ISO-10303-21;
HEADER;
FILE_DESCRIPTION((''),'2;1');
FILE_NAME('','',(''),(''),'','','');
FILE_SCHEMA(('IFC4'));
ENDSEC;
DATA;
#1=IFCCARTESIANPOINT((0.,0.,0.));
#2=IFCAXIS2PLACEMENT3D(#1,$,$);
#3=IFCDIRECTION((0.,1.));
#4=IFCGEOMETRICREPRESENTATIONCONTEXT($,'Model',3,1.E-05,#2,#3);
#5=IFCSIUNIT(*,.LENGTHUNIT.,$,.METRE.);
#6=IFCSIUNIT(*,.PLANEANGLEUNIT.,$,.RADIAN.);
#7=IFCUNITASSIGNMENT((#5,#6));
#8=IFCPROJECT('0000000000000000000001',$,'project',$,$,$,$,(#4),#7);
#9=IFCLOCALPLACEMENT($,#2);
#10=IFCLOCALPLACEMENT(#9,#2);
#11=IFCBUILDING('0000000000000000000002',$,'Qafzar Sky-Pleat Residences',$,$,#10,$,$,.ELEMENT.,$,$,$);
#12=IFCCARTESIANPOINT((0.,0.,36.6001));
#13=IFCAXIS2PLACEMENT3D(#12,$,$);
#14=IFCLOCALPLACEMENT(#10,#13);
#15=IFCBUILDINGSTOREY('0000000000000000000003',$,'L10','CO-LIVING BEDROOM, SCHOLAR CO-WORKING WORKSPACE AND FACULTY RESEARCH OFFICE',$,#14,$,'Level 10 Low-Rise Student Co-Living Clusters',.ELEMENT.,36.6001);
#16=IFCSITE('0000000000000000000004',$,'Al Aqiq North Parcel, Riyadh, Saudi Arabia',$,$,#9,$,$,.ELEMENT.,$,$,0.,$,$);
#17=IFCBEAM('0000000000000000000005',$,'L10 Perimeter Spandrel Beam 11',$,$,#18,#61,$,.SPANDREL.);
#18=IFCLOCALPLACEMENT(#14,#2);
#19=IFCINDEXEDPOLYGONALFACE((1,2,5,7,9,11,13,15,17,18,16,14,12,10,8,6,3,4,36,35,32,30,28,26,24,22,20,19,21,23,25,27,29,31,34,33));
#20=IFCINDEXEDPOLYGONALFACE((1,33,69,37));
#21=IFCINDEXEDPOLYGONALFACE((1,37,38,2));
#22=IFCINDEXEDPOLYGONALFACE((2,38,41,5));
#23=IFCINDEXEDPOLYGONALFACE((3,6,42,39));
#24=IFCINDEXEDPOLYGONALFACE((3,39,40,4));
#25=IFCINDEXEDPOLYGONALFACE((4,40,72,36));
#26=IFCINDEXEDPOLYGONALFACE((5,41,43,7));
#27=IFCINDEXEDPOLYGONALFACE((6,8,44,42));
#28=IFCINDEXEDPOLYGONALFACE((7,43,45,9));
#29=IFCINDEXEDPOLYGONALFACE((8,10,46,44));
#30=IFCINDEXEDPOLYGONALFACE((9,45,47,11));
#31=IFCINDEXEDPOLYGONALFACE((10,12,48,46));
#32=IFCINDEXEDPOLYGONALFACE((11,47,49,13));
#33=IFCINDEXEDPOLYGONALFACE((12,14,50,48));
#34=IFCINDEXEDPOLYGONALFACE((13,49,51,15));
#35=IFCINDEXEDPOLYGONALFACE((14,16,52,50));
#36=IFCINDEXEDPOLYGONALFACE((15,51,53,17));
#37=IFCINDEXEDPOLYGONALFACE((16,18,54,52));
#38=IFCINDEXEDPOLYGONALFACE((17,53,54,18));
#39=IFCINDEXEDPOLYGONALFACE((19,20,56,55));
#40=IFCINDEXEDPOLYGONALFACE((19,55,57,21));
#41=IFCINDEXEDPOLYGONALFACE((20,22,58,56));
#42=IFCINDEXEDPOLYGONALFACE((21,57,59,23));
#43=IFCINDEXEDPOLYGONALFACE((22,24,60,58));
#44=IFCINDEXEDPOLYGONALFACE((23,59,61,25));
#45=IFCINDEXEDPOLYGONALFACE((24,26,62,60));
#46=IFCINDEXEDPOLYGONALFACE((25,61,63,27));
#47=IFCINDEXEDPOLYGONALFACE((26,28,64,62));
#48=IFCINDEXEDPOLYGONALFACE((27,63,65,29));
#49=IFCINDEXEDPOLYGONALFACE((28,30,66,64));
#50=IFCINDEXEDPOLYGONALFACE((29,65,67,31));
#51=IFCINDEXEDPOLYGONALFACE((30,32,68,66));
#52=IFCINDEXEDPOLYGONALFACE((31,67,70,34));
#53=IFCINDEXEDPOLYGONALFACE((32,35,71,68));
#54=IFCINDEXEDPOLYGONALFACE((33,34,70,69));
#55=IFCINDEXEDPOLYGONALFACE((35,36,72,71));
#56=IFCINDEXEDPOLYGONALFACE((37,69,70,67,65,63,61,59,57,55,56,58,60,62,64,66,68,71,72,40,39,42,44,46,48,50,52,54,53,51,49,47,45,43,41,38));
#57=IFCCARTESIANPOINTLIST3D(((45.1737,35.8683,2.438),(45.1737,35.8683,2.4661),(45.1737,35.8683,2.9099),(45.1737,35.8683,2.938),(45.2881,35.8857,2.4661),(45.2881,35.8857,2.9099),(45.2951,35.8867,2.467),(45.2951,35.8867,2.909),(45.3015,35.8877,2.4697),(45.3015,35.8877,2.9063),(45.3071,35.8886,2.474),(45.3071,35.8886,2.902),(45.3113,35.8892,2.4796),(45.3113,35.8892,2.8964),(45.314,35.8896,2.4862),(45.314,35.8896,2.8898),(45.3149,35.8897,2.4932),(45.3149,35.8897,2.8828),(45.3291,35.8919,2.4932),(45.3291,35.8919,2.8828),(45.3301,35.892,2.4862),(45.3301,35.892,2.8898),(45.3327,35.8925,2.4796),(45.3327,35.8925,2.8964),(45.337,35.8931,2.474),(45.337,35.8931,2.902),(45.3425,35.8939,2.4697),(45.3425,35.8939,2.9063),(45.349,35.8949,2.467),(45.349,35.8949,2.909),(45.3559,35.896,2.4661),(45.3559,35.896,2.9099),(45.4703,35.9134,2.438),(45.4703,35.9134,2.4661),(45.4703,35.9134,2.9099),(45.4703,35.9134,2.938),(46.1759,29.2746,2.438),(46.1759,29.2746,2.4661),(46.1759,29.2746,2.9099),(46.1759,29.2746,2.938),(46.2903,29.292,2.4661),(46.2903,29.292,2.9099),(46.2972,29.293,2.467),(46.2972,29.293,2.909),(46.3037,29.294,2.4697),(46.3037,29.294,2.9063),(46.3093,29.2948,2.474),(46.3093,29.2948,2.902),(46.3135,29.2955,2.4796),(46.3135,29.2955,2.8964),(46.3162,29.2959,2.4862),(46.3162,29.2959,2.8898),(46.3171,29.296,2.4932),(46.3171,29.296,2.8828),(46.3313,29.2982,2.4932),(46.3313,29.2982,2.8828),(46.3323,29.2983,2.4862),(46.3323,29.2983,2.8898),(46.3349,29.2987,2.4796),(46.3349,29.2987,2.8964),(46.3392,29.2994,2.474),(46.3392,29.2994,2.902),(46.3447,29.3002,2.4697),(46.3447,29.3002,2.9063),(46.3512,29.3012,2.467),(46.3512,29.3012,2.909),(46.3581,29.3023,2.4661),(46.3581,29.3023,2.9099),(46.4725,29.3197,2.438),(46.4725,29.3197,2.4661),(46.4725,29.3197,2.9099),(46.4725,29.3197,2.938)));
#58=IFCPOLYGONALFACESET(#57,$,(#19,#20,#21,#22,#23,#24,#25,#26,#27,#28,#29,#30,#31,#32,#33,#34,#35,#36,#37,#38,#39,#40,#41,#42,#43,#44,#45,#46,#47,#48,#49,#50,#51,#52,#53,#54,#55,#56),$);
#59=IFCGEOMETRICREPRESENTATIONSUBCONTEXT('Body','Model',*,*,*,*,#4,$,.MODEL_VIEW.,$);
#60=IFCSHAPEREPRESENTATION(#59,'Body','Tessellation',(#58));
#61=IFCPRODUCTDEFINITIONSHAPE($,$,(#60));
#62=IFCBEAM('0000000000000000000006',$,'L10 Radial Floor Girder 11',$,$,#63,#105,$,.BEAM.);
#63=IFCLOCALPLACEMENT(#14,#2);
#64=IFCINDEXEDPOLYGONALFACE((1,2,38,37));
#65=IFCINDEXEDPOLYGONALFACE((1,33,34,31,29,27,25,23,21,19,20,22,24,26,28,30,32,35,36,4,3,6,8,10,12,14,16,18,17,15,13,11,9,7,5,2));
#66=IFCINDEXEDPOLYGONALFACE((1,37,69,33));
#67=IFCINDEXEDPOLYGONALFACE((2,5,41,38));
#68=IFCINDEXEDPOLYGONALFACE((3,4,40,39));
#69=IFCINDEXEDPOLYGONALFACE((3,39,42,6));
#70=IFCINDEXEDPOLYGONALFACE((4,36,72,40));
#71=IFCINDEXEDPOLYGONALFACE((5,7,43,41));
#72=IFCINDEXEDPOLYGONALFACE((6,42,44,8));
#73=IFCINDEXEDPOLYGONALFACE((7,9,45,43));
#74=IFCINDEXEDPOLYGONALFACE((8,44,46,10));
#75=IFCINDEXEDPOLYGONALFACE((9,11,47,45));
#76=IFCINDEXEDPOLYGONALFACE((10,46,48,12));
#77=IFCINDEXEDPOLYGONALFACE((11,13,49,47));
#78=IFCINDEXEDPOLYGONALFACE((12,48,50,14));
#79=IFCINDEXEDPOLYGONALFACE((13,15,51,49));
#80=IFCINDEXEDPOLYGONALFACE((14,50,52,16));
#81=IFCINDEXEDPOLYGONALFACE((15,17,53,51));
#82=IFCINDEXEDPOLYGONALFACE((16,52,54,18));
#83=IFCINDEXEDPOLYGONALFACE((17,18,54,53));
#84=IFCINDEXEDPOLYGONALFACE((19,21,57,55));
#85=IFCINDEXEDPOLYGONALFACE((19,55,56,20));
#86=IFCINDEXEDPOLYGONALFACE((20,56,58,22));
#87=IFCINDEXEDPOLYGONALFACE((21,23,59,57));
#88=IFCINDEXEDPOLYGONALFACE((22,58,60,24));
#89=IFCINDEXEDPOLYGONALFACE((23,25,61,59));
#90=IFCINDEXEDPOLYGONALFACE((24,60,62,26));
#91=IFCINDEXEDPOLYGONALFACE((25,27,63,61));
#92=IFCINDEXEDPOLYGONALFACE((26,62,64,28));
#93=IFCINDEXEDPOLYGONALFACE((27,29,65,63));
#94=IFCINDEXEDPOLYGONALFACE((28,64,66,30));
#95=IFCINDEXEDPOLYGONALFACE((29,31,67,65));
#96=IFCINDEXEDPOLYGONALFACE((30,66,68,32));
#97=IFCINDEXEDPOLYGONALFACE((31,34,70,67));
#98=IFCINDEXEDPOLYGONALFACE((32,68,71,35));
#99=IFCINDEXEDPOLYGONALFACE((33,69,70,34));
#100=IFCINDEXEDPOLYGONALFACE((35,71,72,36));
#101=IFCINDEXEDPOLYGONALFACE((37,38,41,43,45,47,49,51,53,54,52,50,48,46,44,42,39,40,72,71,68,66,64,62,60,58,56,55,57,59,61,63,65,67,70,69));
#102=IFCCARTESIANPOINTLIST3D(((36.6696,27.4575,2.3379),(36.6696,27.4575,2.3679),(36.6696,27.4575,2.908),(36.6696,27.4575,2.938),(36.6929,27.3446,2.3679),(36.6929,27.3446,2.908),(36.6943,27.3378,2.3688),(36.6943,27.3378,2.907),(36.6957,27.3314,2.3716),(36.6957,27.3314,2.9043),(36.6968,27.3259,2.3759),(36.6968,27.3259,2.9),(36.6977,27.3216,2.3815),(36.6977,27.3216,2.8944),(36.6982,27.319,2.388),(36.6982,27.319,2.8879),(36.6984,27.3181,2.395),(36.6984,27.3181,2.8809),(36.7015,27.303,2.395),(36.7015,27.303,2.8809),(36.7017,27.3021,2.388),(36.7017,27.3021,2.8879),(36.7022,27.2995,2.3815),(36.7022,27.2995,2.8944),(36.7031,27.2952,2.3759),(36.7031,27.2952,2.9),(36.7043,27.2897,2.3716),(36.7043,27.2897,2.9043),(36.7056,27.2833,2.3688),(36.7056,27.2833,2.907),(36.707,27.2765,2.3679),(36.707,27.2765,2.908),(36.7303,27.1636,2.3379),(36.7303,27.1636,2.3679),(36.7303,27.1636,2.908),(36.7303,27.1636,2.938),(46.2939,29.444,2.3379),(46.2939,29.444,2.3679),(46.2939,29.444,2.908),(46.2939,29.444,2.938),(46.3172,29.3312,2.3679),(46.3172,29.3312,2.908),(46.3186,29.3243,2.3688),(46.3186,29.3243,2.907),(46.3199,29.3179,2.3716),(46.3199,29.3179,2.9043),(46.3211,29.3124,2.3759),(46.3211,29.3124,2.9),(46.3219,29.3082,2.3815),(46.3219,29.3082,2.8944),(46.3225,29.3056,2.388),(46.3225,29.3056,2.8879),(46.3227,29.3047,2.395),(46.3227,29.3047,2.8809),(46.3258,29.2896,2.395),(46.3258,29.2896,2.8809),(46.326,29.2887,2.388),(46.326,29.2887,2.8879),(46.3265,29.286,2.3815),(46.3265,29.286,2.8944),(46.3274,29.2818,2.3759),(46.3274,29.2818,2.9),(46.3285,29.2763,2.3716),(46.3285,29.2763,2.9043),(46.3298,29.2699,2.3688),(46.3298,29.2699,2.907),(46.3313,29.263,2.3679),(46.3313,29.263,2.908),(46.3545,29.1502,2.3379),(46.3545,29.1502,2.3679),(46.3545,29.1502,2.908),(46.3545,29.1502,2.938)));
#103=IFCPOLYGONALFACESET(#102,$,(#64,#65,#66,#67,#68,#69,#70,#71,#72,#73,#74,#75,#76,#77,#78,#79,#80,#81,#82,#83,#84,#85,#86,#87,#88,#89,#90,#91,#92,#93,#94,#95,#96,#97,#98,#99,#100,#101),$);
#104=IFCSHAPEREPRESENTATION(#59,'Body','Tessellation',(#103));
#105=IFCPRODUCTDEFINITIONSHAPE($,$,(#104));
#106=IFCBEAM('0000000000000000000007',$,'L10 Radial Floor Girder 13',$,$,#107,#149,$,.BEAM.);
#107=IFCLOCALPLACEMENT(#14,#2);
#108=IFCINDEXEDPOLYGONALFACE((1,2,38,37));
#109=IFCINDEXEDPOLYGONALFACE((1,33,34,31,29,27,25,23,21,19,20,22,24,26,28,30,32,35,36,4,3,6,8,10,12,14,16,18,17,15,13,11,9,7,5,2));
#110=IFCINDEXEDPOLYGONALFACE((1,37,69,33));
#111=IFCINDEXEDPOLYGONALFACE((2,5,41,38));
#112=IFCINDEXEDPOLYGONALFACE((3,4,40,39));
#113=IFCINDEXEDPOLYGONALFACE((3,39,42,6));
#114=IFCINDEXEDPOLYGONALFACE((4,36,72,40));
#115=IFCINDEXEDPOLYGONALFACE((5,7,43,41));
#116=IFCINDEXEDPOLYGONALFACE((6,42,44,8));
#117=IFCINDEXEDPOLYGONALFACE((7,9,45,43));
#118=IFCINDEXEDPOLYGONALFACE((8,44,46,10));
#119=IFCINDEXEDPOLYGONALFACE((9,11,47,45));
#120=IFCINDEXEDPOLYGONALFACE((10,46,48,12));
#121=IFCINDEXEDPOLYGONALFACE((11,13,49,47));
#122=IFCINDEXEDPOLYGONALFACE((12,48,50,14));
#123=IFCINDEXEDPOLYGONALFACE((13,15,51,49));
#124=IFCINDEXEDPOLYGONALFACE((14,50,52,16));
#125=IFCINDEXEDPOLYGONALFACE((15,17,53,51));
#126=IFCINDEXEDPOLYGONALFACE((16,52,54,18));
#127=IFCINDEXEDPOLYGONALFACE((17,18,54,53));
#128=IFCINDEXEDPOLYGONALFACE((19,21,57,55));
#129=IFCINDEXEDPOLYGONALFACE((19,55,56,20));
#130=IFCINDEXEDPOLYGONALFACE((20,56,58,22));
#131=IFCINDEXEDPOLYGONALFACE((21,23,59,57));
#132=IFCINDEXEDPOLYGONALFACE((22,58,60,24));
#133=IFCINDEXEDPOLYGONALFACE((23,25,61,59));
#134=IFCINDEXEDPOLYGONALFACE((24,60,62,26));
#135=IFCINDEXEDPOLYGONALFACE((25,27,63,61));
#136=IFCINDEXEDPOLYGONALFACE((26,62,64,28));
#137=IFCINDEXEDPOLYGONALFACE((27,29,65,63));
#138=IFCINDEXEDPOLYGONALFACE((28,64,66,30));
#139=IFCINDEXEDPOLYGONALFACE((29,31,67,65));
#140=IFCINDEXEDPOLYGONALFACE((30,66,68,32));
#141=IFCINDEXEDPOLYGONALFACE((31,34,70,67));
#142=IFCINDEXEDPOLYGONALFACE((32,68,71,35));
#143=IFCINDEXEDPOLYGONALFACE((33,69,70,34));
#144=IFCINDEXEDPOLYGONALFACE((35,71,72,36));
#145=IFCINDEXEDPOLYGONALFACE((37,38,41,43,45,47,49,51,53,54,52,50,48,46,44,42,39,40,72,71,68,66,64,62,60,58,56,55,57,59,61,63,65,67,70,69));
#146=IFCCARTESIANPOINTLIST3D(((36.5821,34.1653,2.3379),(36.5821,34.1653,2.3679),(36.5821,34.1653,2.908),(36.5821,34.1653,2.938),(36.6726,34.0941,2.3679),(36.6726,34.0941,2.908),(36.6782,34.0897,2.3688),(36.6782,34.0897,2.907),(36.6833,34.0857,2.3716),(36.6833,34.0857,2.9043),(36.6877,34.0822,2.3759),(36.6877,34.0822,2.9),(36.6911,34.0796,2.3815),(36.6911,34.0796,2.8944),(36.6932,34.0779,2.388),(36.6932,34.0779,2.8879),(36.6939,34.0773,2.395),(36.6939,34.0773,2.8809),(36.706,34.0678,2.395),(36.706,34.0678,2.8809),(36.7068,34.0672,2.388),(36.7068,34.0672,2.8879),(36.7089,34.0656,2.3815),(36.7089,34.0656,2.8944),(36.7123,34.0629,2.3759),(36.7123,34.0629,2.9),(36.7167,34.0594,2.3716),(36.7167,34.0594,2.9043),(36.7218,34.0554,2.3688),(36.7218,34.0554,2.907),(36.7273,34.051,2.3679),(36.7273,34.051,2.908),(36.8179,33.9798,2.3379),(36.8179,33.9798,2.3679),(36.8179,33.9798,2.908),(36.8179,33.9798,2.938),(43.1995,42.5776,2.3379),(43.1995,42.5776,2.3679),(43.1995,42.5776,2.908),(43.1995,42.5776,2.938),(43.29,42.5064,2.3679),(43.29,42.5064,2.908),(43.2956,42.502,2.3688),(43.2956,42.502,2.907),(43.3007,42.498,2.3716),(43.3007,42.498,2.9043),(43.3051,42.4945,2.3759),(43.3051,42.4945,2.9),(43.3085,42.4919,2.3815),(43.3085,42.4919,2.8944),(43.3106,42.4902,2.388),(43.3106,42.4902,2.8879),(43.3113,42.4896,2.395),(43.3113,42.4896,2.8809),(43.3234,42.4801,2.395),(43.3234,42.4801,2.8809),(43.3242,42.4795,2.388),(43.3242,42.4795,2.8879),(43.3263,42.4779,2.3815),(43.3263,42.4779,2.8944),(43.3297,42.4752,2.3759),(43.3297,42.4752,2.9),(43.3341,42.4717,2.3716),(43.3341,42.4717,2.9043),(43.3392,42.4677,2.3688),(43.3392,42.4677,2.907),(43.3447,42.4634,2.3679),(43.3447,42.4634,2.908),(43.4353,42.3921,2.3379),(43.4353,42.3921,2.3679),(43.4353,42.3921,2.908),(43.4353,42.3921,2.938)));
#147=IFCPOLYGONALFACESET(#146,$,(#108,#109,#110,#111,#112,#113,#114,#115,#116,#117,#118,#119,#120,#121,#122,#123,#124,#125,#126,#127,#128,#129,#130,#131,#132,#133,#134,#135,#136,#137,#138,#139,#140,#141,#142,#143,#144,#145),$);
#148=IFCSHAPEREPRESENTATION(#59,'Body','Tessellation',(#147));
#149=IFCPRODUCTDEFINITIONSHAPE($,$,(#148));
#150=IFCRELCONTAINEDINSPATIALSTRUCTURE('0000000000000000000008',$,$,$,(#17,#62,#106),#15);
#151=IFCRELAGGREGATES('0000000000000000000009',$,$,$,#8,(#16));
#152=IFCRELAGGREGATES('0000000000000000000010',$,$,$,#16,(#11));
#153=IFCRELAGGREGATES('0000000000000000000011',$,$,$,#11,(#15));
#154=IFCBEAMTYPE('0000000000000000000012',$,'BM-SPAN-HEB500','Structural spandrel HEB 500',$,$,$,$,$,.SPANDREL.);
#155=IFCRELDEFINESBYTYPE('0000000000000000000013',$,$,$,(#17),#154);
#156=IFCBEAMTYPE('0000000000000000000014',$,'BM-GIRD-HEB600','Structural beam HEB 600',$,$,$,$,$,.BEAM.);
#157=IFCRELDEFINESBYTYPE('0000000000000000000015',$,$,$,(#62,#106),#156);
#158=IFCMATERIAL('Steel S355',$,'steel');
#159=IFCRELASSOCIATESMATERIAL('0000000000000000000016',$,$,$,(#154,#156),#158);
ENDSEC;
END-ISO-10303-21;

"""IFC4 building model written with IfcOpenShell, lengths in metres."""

from ifc_helpers import new_model, si_unit, direction, frame, origin, origin_2d, place, context, subcontext, project, spatial, i_section, extrude, source, transform, mapped, material, material_profile, profile_set, type_object, element, save


model = new_model("IFC4")

# Units and contexts
model_context = context("Model", 3, precision=1e-05, world=origin(), true_north=direction((0.0, 1.0)))
body_context = subcontext(model_context, "Body", "Model", "MODEL_VIEW")
ifc_project = project(units=[si_unit("LENGTHUNIT", "METRE"), si_unit("PLANEANGLEUNIT", "RADIAN")], contexts=[model_context])

# Site, building, storey
site_placement = place(None, origin())
site = spatial("IfcSite", under=ifc_project, at=site_placement, Name="Al Aqiq North Parcel, Riyadh, Saudi Arabia", CompositionType="ELEMENT", RefElevation=0.0)
building_placement = place(site_placement, origin())
building = spatial("IfcBuilding", under=site, at=building_placement, Name="Qafzar Sky-Pleat Residences", CompositionType="ELEMENT")
storey_placement = place(building_placement, frame((0.0, 0.0, 36.6001)))
storey = spatial("IfcBuildingStorey", under=building, at=storey_placement, Name="L10", Description="CO-LIVING BEDROOM, SCHOLAR CO-WORKING WORKSPACE AND FACULTY RESEARCH OFFICE", LongName="Level 10 Low-Rise Student Co-Living Clusters", CompositionType="ELEMENT", Elevation=36.6001)

# Beams
ifc_material_1 = material(Name="Steel S355", Category="steel")
ifc_material_profile_1 = material_profile(ifc_material_1, i_section(OverallWidth=0.3, OverallDepth=0.5, WebThickness=0.0144, FlangeThickness=0.0281, FilletRadius=0.0271, at=origin_2d()), Name="HEB 500")
ifc_profile_set_1 = profile_set([ifc_material_profile_1], Name="Steel S355")
beam_type_1 = type_object("IfcBeamType", Name="BM-SPAN-HEB500", Description="Structural spandrel HEB 500", PredefinedType="SPANDREL", material=ifc_profile_set_1)
shared_shape_1 = source(origin(), body_context, "Body", "SweptSolid", [
    extrude(i_section(OverallWidth=0.3, OverallDepth=0.5, WebThickness=0.0144, FlangeThickness=0.0281, FilletRadius=0.0271, at=origin_2d()), origin(), (0.0, 0.0, 1.0), 6.6694),
])
beam_1_placement = place(storey_placement, frame((46.3242, 29.2971, 2.688), z_axis=(-0.150266, 0.988646, 0.0), x_axis=(-0.988646, -0.150266, 0.0)))
element("IfcBeam", 1, at=beam_1_placement, inside=storey, type_object=beam_type_1, Name="L10 Perimeter Spandrel Beam 11", PredefinedType="SPANDREL", context=body_context, shape_type="MappedRepresentation", body=[
    mapped(shared_shape_1, transform((0.0, 0.0, 0.0), x_axis=(1.0, 0.0, 0.0), y_axis=(0.0, 1.0, 0.0), z_axis=(0.0, 0.0, 1.0), scale=1.0)),
])
ifc_material_profile_2 = material_profile(ifc_material_1, i_section(OverallWidth=0.3, OverallDepth=0.6001, WebThickness=0.0154, FlangeThickness=0.03, FilletRadius=0.0271, at=origin_2d()), Name="HEB 600")
ifc_profile_set_2 = profile_set([ifc_material_profile_2], Name="Steel S355")
beam_type_2 = type_object("IfcBeamType", Name="BM-GIRD-HEB600", Description="Structural beam HEB 600", PredefinedType="BEAM", material=ifc_profile_set_2)
shared_shape_2 = source(origin(), body_context, "Body", "SweptSolid", [
    extrude(i_section(OverallWidth=0.3, OverallDepth=0.6001, WebThickness=0.0154, FlangeThickness=0.03, FilletRadius=0.0271, at=origin_2d()), origin(), (0.0, 0.0, 1.0), 9.8271),
])
beam_2_placement = place(storey_placement, frame((46.3242, 29.2971, 2.6379), z_axis=(-0.979354, -0.202151, 0.0), x_axis=(0.202151, -0.979354, 0.0)))
element("IfcBeam", 2, at=beam_2_placement, inside=storey, type_object=beam_type_2, Name="L10 Radial Floor Girder 11", PredefinedType="BEAM", context=body_context, shape_type="MappedRepresentation", body=[
    mapped(shared_shape_2, transform((0.0, 0.0, 0.0), x_axis=(1.0, 0.0, 0.0), y_axis=(0.0, 1.0, 0.0), z_axis=(0.0, 0.0, 1.0), scale=1.0)),
])
shared_shape_3 = source(origin(), body_context, "Body", "SweptSolid", [
    extrude(i_section(OverallWidth=0.3, OverallDepth=0.6001, WebThickness=0.0154, FlangeThickness=0.03, FilletRadius=0.0271, at=origin_2d()), origin(), (0.0, 0.0, 1.0), 10.7031),
])
beam_3_placement = place(storey_placement, frame((43.3174, 42.4849, 2.6379), z_axis=(-0.618268, -0.785968, 0.0), x_axis=(0.785968, -0.618268, 0.0)))
element("IfcBeam", 3, at=beam_3_placement, inside=storey, type_object=beam_type_2, Name="L10 Radial Floor Girder 13", PredefinedType="BEAM", context=body_context, shape_type="MappedRepresentation", body=[
    mapped(shared_shape_3, transform((0.0, 0.0, 0.0), x_axis=(1.0, 0.0, 0.0), y_axis=(0.0, 1.0, 0.0), z_axis=(0.0, 0.0, 1.0), scale=1.0)),
])

save(model, "model.ifc")
